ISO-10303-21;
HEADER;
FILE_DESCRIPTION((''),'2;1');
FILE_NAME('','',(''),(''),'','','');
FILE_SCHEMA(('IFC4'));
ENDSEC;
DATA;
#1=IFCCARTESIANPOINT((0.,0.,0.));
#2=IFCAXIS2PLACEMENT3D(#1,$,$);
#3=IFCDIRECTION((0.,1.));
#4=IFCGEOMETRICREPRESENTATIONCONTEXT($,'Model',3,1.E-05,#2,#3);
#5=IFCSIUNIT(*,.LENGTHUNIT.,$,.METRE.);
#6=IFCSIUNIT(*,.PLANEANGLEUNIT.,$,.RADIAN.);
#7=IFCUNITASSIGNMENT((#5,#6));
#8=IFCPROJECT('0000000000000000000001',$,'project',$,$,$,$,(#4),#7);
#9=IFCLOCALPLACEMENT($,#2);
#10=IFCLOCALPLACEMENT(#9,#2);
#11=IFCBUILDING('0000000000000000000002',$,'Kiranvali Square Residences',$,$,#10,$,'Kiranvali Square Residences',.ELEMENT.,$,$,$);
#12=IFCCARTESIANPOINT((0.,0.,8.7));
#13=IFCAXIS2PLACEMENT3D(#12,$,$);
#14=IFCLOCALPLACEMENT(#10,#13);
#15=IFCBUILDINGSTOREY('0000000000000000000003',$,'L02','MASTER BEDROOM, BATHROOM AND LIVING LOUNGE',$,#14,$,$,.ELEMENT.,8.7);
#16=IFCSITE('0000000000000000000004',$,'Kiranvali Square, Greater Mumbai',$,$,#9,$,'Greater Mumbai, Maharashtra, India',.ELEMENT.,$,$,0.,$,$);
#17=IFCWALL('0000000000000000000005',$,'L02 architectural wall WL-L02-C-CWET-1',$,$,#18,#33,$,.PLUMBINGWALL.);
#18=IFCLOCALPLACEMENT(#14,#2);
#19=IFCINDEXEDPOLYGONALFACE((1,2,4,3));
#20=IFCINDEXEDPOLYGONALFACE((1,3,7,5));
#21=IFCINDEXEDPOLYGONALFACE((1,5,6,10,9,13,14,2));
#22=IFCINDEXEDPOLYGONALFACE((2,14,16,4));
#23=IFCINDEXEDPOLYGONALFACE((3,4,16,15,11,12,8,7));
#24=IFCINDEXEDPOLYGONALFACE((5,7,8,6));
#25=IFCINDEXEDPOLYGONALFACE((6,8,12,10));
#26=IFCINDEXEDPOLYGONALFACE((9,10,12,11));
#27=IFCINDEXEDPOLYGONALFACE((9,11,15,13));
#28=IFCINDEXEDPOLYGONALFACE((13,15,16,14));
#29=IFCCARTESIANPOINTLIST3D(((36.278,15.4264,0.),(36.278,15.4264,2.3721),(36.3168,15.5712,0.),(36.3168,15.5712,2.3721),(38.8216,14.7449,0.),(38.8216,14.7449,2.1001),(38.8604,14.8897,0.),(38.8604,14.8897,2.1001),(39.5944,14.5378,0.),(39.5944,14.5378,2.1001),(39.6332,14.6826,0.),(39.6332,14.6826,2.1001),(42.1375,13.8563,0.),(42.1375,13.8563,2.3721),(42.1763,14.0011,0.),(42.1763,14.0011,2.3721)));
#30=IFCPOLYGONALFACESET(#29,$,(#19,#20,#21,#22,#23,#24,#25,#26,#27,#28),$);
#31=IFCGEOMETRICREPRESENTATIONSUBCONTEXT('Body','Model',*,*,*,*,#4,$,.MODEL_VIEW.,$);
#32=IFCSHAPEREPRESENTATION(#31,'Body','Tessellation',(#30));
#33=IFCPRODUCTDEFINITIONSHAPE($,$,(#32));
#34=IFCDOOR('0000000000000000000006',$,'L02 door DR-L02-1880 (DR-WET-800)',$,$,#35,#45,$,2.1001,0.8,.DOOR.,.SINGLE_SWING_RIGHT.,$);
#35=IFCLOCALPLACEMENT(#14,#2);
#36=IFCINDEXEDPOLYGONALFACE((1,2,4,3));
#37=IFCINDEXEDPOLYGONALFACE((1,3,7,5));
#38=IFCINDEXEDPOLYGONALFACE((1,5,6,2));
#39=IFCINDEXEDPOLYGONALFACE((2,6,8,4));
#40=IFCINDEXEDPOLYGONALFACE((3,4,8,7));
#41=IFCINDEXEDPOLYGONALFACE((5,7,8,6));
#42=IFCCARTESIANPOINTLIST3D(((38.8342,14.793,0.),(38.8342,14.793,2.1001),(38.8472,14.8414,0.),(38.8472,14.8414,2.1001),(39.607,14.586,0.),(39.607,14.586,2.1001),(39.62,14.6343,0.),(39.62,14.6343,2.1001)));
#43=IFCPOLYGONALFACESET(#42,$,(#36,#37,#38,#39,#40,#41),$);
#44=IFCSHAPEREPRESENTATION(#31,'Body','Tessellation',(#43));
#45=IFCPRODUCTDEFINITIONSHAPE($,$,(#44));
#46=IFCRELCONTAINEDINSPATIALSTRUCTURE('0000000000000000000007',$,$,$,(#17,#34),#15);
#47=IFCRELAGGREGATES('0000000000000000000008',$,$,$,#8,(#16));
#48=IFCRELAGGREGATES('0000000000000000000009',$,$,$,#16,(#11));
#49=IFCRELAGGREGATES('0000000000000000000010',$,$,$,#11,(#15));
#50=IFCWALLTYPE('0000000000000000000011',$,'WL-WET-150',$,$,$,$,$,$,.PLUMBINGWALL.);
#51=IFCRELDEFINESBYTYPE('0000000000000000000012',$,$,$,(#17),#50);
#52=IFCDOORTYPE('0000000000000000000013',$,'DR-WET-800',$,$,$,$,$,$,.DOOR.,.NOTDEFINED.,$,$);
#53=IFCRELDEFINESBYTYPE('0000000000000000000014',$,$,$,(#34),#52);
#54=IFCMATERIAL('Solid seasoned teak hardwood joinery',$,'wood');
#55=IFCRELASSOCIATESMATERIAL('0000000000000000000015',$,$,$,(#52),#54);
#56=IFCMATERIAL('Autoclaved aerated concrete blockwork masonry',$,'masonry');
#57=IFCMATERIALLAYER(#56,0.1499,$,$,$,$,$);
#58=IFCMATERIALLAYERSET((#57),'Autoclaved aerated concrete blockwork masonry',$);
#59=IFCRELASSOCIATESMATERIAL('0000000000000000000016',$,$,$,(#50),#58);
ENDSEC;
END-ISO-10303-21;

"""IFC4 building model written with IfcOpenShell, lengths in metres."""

from ifc_helpers import new_model, si_unit, direction, frame, frame_2d, origin, place, context, subcontext, project, spatial, rectangle, extrude, material, layer, layer_set, type_object, element, fill, save


model = new_model("IFC4")

# Units and contexts
model_context = context("Model", 3, precision=1e-05, world=origin(), true_north=direction((0.0, 1.0)))
body_context = subcontext(model_context, "Body", "Model", "MODEL_VIEW")
ifc_project = project(units=[si_unit("LENGTHUNIT", "METRE"), si_unit("PLANEANGLEUNIT", "RADIAN")], contexts=[model_context])

# Site, building, storey
site_placement = place(None, origin())
site = spatial("IfcSite", under=ifc_project, at=site_placement, Name="Kiranvali Square, Greater Mumbai", LongName="Greater Mumbai, Maharashtra, India", CompositionType="ELEMENT", RefElevation=0.0)
building_placement = place(site_placement, origin())
building = spatial("IfcBuilding", under=site, at=building_placement, Name="Kiranvali Square Residences", LongName="Kiranvali Square Residences", CompositionType="ELEMENT")
storey_placement = place(building_placement, frame((0.0, 0.0, 8.7)))
storey = spatial("IfcBuildingStorey", under=building, at=storey_placement, Name="L02", Description="MASTER BEDROOM, BATHROOM AND LIVING LOUNGE", CompositionType="ELEMENT", Elevation=8.7)

# Shared definitions
ifc_material_1 = material(Name="Solid seasoned teak hardwood joinery", Category="wood")
door_type_1 = type_object("IfcDoorType", Name="DR-WET-800", OperationType="NOTDEFINED", PredefinedType="DOOR", material=ifc_material_1)

# Wall, opening, door
ifc_material_2 = material(Name="Autoclaved aerated concrete blockwork masonry", Category="masonry")
ifc_layer_1 = layer(ifc_material_2, 0.1499)
ifc_layer_set_1 = layer_set([ifc_layer_1], Name="Autoclaved aerated concrete blockwork masonry")
wall_type_1 = type_object("IfcWallType", Name="WL-WET-150", PredefinedType="PLUMBINGWALL", material=ifc_layer_set_1)
wall_1_placement = place(storey_placement, frame((42.157, 13.9287, 0.0), z_axis=(0.0, 0.0, 1.0), x_axis=(-0.965924, 0.258827, 0.0)))
wall_1 = element("IfcWall", 1, at=wall_1_placement, inside=storey, type_object=wall_type_1, Name="L02 architectural wall WL-L02-C-CWET-1", PredefinedType="PLUMBINGWALL", context=body_context, shape_type="SweptSolid", body=[
    extrude(rectangle(XDim=6.0662, YDim=0.1499, at=frame_2d((3.0332, 0.0))), origin(), (0.0, 0.0, 1.0), 2.3721),
])
opening_1_placement = place(wall_1_placement, frame((2.6331, 0.0, 0.0)))
opening_1 = element("IfcOpeningElement", 2, at=opening_1_placement, cuts=wall_1, PredefinedType="OPENING", context=body_context, shape_type="SweptSolid", body=[
    extrude(rectangle(XDim=0.8, YDim=2.1001, at=frame_2d((0.3999, 1.05))), frame((0.0, 0.085, 0.0), z_axis=(0.0, -1.0, 0.0), x_axis=(1.0, 0.0, 0.0)), (0.0, 0.0, 1.0), 0.1699),
])
door_1_placement = place(opening_1_placement, frame((0.8, 0.0, 0.0), z_axis=(0.0, 0.0, 1.0), x_axis=(-1.0, 0.0, 0.0)))
door_1 = element("IfcDoor", 3, at=door_1_placement, inside=storey, type_object=door_type_1, Name="L02 door DR-L02-1880 (DR-WET-800)", OperationType="SINGLE_SWING_RIGHT", OverallHeight=2.1001, OverallWidth=0.8, PredefinedType="DOOR", context=body_context, shape_type="SweptSolid", body=[
    extrude(rectangle(XDim=0.8, YDim=2.1001, at=frame_2d((0.3999, 1.05))), frame((0.0, 0.0249, 0.0), z_axis=(0.0, -1.0, 0.0), x_axis=(1.0, 0.0, 0.0)), (0.0, 0.0, 1.0), 0.05),
])
fill(opening_1, door_1)

save(model, "model.ifc")
